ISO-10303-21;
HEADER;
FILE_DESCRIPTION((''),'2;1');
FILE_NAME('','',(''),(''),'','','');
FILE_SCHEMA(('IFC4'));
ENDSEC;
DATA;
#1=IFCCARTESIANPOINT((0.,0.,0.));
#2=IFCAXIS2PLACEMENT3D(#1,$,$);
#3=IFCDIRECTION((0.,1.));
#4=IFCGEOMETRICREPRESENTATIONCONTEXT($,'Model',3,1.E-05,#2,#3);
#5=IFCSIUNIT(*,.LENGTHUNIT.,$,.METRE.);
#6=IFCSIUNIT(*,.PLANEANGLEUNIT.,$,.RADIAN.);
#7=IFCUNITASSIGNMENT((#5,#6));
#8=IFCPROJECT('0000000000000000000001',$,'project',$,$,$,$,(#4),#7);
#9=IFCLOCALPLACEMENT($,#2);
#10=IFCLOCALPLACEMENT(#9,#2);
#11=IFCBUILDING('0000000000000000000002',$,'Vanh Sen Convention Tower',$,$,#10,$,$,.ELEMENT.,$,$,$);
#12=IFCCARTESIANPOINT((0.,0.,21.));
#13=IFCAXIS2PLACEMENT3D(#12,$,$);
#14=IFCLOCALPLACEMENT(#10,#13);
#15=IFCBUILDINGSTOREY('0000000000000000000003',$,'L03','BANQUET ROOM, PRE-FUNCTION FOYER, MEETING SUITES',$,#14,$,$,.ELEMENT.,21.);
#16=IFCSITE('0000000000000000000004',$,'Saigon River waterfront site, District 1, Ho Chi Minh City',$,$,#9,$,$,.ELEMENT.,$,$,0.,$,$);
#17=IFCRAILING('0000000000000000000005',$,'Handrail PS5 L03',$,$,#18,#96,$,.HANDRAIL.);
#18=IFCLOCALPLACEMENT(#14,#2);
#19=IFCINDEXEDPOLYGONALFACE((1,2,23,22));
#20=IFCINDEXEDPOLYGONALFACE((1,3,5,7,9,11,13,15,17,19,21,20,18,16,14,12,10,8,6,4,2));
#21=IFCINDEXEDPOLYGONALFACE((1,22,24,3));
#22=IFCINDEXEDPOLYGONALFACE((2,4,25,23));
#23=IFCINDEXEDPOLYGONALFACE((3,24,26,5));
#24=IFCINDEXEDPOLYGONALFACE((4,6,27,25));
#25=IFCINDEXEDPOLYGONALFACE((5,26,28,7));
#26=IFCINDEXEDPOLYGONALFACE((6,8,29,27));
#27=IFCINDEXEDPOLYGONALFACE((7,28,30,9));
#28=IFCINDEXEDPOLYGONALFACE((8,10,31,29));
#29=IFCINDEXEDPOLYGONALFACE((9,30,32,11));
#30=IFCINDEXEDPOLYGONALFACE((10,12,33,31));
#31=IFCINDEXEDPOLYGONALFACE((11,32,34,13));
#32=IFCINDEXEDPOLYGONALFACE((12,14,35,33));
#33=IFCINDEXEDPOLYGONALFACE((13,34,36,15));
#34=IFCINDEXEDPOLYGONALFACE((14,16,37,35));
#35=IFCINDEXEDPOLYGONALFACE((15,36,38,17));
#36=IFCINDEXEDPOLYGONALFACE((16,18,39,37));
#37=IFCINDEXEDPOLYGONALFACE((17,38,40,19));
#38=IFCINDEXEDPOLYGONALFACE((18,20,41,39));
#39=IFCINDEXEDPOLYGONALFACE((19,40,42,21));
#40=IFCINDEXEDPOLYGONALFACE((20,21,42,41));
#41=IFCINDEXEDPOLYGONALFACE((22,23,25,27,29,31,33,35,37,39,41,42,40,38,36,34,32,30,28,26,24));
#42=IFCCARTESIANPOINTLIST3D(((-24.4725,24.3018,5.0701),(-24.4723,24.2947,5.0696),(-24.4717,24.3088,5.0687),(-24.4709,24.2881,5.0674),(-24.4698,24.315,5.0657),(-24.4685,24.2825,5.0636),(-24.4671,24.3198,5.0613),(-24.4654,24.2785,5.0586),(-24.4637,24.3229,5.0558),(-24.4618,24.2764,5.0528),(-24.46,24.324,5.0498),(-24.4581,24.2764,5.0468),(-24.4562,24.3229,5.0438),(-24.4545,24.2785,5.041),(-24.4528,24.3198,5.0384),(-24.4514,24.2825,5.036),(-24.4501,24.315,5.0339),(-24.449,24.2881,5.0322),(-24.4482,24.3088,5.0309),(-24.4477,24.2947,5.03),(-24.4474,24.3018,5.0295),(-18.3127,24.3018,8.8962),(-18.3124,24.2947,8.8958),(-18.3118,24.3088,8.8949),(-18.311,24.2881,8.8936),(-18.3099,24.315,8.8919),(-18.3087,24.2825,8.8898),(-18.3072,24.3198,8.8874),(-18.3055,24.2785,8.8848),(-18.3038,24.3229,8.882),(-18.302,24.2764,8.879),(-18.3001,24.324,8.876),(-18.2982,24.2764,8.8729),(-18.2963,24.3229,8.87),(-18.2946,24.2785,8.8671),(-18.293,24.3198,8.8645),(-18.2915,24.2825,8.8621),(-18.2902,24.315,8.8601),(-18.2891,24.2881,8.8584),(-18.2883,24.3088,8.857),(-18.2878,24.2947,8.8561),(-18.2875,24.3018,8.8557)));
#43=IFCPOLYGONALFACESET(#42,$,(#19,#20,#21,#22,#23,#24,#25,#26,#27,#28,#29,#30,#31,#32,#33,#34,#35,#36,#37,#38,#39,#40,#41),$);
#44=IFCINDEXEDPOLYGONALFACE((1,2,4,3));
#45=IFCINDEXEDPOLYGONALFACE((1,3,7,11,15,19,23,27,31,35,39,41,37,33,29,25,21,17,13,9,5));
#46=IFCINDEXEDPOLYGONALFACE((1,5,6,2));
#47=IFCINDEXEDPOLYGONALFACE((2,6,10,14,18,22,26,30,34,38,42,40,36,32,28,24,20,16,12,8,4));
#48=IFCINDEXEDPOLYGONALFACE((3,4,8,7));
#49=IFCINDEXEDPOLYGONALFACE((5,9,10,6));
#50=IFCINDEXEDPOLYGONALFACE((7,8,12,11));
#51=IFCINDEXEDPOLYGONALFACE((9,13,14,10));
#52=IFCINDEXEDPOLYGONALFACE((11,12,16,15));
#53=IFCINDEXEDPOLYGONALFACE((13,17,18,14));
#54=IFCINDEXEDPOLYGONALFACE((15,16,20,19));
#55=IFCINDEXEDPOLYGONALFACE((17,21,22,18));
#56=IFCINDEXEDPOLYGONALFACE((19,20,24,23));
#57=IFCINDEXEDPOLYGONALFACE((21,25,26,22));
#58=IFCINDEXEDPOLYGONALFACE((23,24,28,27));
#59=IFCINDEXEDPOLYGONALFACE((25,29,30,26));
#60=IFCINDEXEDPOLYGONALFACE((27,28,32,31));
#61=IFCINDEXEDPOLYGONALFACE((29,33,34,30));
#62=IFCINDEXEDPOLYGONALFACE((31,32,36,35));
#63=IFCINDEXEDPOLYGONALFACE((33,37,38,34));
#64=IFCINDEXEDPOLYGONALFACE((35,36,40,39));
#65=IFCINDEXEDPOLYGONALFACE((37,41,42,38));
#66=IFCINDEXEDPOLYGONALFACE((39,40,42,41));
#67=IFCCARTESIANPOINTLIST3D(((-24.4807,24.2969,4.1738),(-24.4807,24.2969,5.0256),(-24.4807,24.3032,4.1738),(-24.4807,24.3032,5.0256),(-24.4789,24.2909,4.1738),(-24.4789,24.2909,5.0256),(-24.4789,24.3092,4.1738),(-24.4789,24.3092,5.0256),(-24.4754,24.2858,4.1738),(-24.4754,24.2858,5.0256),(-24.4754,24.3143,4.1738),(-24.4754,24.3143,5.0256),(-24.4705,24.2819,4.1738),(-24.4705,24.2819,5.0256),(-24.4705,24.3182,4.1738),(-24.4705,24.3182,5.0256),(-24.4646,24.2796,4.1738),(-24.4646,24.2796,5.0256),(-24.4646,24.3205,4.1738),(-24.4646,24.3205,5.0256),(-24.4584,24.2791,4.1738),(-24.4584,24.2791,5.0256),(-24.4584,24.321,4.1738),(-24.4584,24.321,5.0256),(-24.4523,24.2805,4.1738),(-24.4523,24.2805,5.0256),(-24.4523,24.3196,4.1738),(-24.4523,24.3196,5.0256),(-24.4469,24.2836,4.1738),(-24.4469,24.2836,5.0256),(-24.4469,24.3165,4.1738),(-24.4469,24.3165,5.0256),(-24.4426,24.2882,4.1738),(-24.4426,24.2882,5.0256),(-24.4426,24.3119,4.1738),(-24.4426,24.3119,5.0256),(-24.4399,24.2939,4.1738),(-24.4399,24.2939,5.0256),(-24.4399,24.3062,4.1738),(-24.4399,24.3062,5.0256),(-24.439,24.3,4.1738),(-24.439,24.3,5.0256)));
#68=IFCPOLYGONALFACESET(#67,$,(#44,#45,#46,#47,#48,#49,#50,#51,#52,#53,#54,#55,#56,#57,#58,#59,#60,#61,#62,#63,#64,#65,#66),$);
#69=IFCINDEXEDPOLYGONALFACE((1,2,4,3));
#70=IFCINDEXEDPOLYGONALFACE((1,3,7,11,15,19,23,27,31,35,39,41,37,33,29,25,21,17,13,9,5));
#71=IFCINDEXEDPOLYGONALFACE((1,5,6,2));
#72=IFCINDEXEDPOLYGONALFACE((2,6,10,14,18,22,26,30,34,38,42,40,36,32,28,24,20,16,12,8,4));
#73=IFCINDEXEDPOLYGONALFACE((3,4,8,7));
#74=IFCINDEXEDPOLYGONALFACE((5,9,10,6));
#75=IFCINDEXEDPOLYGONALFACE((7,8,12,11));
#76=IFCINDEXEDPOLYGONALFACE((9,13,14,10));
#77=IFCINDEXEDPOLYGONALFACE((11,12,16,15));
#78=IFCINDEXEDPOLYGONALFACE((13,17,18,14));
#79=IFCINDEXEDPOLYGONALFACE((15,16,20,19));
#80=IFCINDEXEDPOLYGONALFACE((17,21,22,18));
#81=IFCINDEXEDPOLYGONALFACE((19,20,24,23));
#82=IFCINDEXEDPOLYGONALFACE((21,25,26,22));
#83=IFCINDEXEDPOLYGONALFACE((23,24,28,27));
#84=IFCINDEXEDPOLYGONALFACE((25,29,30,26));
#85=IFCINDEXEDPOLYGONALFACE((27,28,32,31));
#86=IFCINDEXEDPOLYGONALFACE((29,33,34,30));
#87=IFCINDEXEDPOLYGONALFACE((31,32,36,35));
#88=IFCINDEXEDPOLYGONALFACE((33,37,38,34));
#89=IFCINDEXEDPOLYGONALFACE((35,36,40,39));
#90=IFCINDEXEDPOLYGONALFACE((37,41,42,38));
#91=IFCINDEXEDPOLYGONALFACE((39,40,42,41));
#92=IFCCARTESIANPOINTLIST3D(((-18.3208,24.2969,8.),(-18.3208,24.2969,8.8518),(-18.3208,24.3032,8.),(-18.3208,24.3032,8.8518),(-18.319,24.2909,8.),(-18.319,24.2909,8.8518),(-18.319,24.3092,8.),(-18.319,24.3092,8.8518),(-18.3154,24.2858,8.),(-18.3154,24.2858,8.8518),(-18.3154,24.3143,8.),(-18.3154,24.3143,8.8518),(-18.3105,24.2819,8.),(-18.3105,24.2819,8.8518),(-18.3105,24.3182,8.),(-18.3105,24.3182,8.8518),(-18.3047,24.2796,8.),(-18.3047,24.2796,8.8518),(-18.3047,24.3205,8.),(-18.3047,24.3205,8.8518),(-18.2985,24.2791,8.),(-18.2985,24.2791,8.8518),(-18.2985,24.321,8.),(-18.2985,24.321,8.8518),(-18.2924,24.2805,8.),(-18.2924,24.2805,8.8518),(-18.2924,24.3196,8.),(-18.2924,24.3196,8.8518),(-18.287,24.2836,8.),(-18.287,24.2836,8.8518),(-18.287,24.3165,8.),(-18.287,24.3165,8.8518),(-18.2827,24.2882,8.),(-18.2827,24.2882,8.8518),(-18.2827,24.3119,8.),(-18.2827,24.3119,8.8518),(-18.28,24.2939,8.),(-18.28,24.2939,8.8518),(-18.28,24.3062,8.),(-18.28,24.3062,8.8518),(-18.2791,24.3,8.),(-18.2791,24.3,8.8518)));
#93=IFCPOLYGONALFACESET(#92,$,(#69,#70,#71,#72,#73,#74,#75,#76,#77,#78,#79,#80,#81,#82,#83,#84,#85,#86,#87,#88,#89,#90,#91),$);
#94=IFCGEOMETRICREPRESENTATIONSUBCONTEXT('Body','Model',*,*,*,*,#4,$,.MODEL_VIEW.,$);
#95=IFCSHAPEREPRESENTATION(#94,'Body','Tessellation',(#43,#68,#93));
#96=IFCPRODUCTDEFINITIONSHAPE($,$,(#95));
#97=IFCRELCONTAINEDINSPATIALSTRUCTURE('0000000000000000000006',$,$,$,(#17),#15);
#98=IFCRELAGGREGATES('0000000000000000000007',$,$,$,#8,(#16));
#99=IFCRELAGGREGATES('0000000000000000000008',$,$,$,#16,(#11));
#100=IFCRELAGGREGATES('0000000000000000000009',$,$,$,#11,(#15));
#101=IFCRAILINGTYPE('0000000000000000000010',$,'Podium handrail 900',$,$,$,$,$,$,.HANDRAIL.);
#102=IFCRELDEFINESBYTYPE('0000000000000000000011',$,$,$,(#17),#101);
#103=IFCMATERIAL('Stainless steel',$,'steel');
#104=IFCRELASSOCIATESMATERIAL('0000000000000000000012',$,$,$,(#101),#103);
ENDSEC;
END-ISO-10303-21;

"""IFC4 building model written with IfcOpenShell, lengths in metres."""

from ifc_helpers import new_model, si_unit, direction, frame, origin, origin_2d, place, context, subcontext, project, spatial, circle, extrude, material, type_object, element, save


model = new_model("IFC4")

# Units and contexts
model_context = context("Model", 3, precision=1e-05, world=origin(), true_north=direction((0.0, 1.0)))
body_context = subcontext(model_context, "Body", "Model", "MODEL_VIEW")
ifc_project = project(units=[si_unit("LENGTHUNIT", "METRE"), si_unit("PLANEANGLEUNIT", "RADIAN")], contexts=[model_context])

# Site, building, storey
site_placement = place(None, origin())
site = spatial("IfcSite", under=ifc_project, at=site_placement, Name="Saigon River waterfront site, District 1, Ho Chi Minh City", CompositionType="ELEMENT", RefElevation=0.0)
building_placement = place(site_placement, origin())
building = spatial("IfcBuilding", under=site, at=building_placement, Name="Vanh Sen Convention Tower", CompositionType="ELEMENT")
storey_placement = place(building_placement, frame((0.0, 0.0, 21.0)))
storey = spatial("IfcBuildingStorey", under=building, at=storey_placement, Name="L03", Description="BANQUET ROOM, PRE-FUNCTION FOYER, MEETING SUITES", CompositionType="ELEMENT", Elevation=21.0)

# Railing
ifc_material_1 = material(Name="Stainless steel", Category="steel")
railing_type = type_object("IfcRailingType", Name="Podium handrail 900", PredefinedType="HANDRAIL", material=ifc_material_1)
for number, where, name in (
    (1, (-24.46, 24.3, 4.1738), "Handrail PS5 L03"),
):
    element("IfcRailing", number, at=place(storey_placement, frame(where)), inside=storey, type_object=railing_type, Name=name, PredefinedType="HANDRAIL", context=body_context, shape_type="SweptSolid", body=[
        extrude(circle(Radius=0.0239, at=origin_2d()), frame((0.0, 0.0, 0.876), z_axis=(0.849468, 0.0, 0.527639), x_axis=(0.0, 1.0, 0.0)), (0.0, 0.0, 1.0), 7.2515),
        extrude(circle(Radius=0.021, at=origin_2d()), origin(), (0.0, 0.0, 1.0), 0.8518),
        extrude(circle(Radius=0.021, at=origin_2d()), frame((6.1599, 0.0, 3.8262)), (0.0, 0.0, 1.0), 0.8518),
    ])

save(model, "model.ifc")
